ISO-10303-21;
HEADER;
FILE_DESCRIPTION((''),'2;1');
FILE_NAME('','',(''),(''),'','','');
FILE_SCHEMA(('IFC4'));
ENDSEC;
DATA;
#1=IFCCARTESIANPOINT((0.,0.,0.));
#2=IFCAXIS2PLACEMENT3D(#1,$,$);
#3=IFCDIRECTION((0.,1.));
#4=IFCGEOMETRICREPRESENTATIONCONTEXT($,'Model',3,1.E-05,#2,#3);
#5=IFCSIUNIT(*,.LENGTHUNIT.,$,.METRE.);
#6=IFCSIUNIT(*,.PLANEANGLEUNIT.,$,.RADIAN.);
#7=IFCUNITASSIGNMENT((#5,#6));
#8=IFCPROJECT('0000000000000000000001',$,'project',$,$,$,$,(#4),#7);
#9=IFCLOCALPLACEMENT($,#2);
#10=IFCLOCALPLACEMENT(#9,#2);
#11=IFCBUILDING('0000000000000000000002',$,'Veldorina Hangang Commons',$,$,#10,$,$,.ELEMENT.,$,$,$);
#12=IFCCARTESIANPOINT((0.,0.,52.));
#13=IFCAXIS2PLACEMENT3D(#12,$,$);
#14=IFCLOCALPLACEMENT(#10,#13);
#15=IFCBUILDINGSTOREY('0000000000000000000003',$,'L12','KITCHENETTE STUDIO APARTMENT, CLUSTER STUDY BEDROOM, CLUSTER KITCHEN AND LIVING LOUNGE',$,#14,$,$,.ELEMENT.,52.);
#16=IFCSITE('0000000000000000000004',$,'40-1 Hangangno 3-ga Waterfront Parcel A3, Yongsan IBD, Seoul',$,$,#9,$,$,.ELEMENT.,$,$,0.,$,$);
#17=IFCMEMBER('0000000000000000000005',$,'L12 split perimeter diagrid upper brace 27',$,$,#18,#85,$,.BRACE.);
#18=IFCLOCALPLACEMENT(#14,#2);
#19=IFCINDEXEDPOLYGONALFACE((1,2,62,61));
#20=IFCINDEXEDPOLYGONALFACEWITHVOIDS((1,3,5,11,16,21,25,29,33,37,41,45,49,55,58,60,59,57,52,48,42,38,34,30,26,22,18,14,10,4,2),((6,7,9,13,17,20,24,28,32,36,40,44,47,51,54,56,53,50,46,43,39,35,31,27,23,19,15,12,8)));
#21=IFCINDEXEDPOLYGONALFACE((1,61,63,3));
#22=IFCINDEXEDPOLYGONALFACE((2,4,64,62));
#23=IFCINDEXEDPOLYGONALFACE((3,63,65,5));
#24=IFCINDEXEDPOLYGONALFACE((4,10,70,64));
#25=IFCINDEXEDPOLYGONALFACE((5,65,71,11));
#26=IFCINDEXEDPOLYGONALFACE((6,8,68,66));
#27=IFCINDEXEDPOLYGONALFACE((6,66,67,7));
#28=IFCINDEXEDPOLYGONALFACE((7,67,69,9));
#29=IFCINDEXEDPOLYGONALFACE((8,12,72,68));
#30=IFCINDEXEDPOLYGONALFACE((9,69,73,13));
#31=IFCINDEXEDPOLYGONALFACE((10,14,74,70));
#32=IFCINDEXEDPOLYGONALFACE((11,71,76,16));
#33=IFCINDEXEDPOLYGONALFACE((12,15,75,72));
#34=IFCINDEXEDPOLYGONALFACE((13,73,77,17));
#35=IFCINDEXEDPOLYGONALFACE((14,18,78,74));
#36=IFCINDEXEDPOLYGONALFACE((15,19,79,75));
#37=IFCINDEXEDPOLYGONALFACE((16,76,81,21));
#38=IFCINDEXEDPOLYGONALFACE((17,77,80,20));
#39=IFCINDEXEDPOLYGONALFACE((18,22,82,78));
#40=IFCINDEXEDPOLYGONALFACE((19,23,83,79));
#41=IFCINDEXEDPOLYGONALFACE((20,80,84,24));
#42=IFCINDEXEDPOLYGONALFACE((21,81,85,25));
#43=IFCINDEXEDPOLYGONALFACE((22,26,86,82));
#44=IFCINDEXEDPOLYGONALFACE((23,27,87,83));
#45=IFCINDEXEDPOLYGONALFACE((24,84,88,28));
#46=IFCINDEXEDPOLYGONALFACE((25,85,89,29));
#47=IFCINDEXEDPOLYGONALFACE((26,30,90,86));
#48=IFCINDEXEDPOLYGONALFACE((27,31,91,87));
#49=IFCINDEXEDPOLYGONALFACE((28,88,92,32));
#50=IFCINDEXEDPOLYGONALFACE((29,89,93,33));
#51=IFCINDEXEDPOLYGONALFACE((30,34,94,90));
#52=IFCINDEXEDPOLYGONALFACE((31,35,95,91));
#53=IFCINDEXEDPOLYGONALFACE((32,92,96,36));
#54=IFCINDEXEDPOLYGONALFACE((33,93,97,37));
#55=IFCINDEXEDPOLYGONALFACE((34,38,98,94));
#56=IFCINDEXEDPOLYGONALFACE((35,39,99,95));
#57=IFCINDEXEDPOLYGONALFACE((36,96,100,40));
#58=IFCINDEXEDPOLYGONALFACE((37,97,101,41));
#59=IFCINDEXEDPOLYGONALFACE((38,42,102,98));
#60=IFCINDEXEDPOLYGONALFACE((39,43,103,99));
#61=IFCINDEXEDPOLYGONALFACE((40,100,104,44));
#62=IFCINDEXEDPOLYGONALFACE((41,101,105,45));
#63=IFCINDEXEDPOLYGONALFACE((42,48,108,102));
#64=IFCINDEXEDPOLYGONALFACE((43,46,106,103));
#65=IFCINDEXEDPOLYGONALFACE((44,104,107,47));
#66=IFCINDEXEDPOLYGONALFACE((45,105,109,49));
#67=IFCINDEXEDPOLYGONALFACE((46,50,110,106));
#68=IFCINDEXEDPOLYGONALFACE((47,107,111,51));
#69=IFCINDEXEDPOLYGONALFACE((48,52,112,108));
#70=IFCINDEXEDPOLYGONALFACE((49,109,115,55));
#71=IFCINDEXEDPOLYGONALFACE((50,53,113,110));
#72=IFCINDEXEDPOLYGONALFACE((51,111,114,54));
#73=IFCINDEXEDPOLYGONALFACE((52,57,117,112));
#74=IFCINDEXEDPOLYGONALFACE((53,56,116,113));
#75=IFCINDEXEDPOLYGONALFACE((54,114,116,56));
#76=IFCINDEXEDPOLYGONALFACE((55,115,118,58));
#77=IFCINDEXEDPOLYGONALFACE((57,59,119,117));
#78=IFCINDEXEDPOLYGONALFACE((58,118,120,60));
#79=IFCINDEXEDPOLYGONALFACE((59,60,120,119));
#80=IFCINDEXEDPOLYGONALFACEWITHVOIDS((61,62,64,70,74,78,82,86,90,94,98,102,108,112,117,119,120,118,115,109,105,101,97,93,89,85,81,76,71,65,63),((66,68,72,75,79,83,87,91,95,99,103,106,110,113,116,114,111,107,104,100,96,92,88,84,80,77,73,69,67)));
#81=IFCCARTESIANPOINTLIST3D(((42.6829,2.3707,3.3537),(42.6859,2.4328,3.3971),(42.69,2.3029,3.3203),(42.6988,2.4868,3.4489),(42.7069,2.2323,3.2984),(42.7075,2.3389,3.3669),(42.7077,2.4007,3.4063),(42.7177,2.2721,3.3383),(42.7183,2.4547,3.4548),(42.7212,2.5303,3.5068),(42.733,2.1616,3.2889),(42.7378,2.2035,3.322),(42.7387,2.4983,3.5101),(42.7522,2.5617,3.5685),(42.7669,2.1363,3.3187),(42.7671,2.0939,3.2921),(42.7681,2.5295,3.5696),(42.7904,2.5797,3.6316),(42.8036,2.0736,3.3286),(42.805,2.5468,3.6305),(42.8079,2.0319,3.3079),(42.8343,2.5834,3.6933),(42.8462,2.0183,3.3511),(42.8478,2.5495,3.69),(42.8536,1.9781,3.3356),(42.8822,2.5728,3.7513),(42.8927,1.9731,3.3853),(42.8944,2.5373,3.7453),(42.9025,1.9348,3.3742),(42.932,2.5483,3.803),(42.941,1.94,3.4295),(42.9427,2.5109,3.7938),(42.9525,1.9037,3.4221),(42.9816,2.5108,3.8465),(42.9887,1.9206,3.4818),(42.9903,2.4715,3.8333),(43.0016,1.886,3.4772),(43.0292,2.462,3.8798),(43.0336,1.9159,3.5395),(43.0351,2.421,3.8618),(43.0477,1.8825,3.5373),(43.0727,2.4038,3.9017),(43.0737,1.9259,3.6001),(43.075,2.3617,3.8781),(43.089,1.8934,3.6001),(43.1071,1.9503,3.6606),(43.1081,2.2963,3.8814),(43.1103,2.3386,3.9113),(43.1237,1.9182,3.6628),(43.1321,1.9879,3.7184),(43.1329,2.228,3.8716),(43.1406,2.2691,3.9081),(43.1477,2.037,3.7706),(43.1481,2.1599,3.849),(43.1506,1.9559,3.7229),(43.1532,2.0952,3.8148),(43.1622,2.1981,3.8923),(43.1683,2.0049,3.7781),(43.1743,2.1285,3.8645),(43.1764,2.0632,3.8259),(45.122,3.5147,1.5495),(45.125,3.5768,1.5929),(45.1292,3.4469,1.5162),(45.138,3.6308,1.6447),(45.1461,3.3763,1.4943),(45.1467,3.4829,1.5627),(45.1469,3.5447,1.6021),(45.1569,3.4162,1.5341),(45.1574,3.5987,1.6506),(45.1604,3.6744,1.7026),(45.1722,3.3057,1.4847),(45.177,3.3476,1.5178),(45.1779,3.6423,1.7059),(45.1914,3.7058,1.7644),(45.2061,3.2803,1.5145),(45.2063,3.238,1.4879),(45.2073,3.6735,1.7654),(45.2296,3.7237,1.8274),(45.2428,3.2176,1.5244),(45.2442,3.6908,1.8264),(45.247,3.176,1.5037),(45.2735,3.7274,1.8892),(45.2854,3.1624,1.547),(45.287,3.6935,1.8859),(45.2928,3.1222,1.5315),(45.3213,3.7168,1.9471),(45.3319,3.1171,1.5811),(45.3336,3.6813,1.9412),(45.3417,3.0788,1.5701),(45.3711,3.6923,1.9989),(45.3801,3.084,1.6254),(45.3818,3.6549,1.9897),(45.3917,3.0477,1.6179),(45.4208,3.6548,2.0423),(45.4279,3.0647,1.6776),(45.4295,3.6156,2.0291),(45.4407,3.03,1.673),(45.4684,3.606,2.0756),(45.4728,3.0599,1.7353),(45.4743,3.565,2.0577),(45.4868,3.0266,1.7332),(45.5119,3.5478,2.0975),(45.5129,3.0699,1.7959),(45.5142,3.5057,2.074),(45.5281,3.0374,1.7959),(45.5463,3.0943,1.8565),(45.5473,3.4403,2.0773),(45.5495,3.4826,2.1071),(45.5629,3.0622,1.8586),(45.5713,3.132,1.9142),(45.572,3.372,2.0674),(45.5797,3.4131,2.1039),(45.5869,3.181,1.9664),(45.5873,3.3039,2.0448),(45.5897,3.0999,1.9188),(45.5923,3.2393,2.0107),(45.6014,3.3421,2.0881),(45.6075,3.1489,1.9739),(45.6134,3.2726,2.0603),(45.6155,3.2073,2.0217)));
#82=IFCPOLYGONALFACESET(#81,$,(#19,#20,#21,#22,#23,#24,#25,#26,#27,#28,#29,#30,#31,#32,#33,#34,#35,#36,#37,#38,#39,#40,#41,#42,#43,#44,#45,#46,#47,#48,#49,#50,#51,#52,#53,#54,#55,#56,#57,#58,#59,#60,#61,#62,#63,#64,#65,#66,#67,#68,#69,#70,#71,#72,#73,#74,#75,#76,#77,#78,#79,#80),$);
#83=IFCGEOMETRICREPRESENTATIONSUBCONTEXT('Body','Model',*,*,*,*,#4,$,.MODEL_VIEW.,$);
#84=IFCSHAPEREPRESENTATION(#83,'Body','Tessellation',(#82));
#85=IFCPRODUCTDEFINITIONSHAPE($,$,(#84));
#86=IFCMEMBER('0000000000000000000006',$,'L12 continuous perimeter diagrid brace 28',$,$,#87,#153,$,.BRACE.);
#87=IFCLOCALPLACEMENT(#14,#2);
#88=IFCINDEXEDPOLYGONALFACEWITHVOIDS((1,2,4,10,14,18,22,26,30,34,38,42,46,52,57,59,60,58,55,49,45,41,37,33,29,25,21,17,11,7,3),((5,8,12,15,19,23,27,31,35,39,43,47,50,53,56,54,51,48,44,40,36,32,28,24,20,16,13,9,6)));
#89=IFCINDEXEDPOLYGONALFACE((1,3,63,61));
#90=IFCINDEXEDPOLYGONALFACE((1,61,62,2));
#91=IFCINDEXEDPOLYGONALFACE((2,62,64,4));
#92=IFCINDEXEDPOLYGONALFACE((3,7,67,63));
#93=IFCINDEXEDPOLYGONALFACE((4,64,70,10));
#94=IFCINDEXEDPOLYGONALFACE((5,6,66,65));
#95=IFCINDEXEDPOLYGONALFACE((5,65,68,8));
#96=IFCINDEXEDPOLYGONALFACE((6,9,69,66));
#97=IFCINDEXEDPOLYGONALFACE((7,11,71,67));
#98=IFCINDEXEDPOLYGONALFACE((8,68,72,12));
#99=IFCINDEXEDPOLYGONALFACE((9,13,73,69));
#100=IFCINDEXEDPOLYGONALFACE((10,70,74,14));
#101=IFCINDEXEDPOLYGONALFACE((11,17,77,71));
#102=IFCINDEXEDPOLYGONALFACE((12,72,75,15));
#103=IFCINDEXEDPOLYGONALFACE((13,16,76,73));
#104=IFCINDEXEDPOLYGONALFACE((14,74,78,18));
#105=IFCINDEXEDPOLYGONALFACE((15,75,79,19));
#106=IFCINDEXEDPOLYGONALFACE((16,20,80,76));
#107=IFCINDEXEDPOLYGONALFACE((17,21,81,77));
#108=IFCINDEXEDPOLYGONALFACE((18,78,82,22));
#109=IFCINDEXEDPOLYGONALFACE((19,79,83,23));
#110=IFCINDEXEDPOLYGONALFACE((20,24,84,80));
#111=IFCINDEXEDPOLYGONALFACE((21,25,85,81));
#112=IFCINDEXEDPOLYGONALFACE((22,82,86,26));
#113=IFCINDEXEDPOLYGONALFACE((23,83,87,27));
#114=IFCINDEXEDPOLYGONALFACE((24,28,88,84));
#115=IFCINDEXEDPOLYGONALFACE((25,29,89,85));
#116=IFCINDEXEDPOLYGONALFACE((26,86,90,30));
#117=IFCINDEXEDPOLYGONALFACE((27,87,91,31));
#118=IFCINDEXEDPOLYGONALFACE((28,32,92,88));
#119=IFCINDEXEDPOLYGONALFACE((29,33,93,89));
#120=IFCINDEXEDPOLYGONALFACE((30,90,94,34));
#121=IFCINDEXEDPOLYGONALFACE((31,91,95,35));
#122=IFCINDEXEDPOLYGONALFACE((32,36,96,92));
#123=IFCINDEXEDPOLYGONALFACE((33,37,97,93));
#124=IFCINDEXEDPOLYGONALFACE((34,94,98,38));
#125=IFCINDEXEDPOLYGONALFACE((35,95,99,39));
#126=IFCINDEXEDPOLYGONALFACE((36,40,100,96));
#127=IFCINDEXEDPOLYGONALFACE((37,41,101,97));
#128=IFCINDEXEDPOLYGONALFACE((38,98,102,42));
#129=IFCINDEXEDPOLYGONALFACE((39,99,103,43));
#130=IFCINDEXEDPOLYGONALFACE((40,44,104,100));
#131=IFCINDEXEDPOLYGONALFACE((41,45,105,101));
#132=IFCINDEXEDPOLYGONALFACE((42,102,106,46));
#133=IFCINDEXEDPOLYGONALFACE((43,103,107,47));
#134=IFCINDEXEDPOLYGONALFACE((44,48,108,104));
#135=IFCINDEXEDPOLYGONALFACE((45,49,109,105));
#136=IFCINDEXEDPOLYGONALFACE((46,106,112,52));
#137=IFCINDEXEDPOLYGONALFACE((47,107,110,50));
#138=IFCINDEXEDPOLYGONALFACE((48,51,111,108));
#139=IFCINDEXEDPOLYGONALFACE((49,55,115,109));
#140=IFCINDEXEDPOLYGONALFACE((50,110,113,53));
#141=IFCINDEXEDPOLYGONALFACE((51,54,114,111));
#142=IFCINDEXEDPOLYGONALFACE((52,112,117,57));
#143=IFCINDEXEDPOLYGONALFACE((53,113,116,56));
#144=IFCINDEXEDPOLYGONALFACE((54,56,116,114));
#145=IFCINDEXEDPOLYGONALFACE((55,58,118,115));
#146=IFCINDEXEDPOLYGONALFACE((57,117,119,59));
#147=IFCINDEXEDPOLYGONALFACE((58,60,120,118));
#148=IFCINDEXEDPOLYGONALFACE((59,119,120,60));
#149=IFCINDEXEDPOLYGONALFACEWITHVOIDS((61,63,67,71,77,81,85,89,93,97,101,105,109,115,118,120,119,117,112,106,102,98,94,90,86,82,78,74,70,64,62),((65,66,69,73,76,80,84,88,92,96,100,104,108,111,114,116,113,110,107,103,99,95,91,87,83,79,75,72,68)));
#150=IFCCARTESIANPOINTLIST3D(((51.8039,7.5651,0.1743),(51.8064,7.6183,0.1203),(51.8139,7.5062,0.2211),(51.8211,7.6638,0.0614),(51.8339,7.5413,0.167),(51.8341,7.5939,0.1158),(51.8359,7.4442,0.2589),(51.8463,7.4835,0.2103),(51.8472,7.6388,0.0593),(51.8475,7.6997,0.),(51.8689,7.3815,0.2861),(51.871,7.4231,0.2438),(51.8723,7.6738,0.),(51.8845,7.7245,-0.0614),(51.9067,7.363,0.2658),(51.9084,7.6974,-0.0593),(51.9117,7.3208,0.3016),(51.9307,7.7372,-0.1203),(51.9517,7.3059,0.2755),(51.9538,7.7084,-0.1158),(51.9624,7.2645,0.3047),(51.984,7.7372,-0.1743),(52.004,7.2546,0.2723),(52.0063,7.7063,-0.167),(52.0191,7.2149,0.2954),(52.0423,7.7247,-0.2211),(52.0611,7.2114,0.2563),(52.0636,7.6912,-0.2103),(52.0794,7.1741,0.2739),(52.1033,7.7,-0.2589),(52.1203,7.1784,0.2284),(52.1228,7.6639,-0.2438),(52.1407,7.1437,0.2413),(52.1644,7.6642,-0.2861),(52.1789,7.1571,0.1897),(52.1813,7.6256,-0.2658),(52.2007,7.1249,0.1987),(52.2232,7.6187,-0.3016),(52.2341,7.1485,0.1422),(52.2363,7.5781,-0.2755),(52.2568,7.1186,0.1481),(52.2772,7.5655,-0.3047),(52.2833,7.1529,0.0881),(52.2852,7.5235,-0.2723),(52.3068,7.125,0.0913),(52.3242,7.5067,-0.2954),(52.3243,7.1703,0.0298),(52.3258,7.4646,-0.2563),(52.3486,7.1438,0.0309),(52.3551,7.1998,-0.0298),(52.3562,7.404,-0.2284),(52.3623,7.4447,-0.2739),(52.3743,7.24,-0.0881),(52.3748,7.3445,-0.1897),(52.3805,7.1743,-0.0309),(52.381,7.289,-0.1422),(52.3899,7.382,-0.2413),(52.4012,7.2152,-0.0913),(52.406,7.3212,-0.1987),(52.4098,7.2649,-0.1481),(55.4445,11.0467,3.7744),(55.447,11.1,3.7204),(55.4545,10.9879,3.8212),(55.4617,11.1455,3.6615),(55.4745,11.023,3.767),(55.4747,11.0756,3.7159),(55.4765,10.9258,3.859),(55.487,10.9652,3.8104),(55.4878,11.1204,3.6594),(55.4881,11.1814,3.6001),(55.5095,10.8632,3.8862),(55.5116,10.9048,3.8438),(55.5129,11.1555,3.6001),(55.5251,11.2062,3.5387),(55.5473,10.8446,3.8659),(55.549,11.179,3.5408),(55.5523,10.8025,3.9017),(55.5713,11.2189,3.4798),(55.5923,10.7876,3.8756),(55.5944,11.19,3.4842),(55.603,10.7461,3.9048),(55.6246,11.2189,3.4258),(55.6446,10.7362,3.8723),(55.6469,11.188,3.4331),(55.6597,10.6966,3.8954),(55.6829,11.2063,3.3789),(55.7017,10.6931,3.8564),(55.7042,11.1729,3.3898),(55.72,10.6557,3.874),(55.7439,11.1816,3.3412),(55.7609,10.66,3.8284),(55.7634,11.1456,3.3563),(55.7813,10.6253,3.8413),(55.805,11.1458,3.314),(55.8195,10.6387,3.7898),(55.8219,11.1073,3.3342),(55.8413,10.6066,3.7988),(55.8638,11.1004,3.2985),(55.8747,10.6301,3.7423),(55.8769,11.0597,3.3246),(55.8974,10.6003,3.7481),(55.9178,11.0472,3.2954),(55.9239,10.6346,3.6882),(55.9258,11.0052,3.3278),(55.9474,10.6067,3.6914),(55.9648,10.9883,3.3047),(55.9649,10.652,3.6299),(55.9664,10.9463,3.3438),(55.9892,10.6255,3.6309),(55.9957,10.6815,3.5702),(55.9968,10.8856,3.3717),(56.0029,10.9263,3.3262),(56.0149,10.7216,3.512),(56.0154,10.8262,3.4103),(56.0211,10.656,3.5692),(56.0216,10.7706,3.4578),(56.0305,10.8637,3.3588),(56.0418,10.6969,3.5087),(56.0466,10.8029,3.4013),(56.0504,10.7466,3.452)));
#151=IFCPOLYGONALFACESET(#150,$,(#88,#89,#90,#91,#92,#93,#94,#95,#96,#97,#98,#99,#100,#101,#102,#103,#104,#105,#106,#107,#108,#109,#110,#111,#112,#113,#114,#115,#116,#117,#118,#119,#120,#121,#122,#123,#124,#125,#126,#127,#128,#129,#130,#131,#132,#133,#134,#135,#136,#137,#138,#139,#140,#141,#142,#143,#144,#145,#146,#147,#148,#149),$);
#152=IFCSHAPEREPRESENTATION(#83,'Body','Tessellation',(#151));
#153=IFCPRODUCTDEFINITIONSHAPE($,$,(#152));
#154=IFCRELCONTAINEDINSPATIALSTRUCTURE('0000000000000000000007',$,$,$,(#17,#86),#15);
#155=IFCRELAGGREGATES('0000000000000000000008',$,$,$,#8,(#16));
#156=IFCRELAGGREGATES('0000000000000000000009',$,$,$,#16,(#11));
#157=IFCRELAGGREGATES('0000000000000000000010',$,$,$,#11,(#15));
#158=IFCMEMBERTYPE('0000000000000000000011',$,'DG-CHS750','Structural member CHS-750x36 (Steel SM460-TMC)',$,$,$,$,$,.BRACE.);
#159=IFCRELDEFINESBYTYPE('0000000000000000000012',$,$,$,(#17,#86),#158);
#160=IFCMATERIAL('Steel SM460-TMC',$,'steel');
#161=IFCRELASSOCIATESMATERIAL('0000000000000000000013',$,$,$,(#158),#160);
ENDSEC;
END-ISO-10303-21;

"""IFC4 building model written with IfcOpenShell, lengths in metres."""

from ifc_helpers import new_model, si_unit, direction, frame, origin, origin_2d, place, context, subcontext, project, spatial, hollow_circle, extrude, material, material_profile, profile_set, type_object, element, save


model = new_model("IFC4")

# Units and contexts
model_context = context("Model", 3, precision=1e-05, world=origin(), true_north=direction((0.0, 1.0)))
body_context = subcontext(model_context, "Body", "Model", "MODEL_VIEW")
ifc_project = project(units=[si_unit("LENGTHUNIT", "METRE"), si_unit("PLANEANGLEUNIT", "RADIAN")], contexts=[model_context])

# Site, building, storey
site_placement = place(None, origin())
site = spatial("IfcSite", under=ifc_project, at=site_placement, Name="40-1 Hangangno 3-ga Waterfront Parcel A3, Yongsan IBD, Seoul", CompositionType="ELEMENT", RefElevation=0.0)
building_placement = place(site_placement, origin())
building = spatial("IfcBuilding", under=site, at=building_placement, Name="Veldorina Hangang Commons", CompositionType="ELEMENT")
storey_placement = place(building_placement, frame((0.0, 0.0, 52.0)))
storey = spatial("IfcBuildingStorey", under=building, at=storey_placement, Name="L12", Description="KITCHENETTE STUDIO APARTMENT, CLUSTER STUDY BEDROOM, CLUSTER KITCHEN AND LIVING LOUNGE", CompositionType="ELEMENT", Elevation=52.0)

# Shared definitions
ifc_material_1 = material(Name="Steel SM460-TMC", Category="steel")

# Members
ifc_material_profile_1 = material_profile(ifc_material_1, hollow_circle(Radius=0.375, WallThickness=0.0359, at=origin_2d()), Name="CHS-750x36")
ifc_profile_set_1 = profile_set([ifc_material_profile_1], Name="Steel SM460-TMC")
member_type_1 = type_object("IfcMemberType", Name="DG-CHS750", Description="Structural member CHS-750x36 (Steel SM460-TMC)", PredefinedType="BRACE", material=ifc_profile_set_1)
member_1_placement = place(storey_placement, frame((45.3689, 3.377, 1.7959), z_axis=(-0.752265, -0.352829, 0.556425), x_axis=(0.424636, -0.905364, 0.0)))
element("IfcMember", 1, at=member_1_placement, inside=storey, type_object=member_type_1, Name="L12 split perimeter diagrid upper brace 27", PredefinedType="BRACE", context=body_context, shape_type="SweptSolid", body=[
    extrude(hollow_circle(Radius=0.375, WallThickness=0.0359, at=origin_2d()), origin(), (0.0, 0.0, 1.0), 3.2424),
])
member_2_placement = place(storey_placement, frame((52.1067, 7.4287, 0.0), z_axis=(0.587986, 0.562317, 0.58144), x_axis=(-0.691156, 0.722706, 0.0)))
element("IfcMember", 2, at=member_2_placement, inside=storey, type_object=member_type_1, Name="L12 continuous perimeter diagrid brace 28", PredefinedType="BRACE", context=body_context, shape_type="SweptSolid", body=[
    extrude(hollow_circle(Radius=0.375, WallThickness=0.0359, at=origin_2d()), origin(), (0.0, 0.0, 1.0), 6.1917),
])

save(model, "model.ifc")
